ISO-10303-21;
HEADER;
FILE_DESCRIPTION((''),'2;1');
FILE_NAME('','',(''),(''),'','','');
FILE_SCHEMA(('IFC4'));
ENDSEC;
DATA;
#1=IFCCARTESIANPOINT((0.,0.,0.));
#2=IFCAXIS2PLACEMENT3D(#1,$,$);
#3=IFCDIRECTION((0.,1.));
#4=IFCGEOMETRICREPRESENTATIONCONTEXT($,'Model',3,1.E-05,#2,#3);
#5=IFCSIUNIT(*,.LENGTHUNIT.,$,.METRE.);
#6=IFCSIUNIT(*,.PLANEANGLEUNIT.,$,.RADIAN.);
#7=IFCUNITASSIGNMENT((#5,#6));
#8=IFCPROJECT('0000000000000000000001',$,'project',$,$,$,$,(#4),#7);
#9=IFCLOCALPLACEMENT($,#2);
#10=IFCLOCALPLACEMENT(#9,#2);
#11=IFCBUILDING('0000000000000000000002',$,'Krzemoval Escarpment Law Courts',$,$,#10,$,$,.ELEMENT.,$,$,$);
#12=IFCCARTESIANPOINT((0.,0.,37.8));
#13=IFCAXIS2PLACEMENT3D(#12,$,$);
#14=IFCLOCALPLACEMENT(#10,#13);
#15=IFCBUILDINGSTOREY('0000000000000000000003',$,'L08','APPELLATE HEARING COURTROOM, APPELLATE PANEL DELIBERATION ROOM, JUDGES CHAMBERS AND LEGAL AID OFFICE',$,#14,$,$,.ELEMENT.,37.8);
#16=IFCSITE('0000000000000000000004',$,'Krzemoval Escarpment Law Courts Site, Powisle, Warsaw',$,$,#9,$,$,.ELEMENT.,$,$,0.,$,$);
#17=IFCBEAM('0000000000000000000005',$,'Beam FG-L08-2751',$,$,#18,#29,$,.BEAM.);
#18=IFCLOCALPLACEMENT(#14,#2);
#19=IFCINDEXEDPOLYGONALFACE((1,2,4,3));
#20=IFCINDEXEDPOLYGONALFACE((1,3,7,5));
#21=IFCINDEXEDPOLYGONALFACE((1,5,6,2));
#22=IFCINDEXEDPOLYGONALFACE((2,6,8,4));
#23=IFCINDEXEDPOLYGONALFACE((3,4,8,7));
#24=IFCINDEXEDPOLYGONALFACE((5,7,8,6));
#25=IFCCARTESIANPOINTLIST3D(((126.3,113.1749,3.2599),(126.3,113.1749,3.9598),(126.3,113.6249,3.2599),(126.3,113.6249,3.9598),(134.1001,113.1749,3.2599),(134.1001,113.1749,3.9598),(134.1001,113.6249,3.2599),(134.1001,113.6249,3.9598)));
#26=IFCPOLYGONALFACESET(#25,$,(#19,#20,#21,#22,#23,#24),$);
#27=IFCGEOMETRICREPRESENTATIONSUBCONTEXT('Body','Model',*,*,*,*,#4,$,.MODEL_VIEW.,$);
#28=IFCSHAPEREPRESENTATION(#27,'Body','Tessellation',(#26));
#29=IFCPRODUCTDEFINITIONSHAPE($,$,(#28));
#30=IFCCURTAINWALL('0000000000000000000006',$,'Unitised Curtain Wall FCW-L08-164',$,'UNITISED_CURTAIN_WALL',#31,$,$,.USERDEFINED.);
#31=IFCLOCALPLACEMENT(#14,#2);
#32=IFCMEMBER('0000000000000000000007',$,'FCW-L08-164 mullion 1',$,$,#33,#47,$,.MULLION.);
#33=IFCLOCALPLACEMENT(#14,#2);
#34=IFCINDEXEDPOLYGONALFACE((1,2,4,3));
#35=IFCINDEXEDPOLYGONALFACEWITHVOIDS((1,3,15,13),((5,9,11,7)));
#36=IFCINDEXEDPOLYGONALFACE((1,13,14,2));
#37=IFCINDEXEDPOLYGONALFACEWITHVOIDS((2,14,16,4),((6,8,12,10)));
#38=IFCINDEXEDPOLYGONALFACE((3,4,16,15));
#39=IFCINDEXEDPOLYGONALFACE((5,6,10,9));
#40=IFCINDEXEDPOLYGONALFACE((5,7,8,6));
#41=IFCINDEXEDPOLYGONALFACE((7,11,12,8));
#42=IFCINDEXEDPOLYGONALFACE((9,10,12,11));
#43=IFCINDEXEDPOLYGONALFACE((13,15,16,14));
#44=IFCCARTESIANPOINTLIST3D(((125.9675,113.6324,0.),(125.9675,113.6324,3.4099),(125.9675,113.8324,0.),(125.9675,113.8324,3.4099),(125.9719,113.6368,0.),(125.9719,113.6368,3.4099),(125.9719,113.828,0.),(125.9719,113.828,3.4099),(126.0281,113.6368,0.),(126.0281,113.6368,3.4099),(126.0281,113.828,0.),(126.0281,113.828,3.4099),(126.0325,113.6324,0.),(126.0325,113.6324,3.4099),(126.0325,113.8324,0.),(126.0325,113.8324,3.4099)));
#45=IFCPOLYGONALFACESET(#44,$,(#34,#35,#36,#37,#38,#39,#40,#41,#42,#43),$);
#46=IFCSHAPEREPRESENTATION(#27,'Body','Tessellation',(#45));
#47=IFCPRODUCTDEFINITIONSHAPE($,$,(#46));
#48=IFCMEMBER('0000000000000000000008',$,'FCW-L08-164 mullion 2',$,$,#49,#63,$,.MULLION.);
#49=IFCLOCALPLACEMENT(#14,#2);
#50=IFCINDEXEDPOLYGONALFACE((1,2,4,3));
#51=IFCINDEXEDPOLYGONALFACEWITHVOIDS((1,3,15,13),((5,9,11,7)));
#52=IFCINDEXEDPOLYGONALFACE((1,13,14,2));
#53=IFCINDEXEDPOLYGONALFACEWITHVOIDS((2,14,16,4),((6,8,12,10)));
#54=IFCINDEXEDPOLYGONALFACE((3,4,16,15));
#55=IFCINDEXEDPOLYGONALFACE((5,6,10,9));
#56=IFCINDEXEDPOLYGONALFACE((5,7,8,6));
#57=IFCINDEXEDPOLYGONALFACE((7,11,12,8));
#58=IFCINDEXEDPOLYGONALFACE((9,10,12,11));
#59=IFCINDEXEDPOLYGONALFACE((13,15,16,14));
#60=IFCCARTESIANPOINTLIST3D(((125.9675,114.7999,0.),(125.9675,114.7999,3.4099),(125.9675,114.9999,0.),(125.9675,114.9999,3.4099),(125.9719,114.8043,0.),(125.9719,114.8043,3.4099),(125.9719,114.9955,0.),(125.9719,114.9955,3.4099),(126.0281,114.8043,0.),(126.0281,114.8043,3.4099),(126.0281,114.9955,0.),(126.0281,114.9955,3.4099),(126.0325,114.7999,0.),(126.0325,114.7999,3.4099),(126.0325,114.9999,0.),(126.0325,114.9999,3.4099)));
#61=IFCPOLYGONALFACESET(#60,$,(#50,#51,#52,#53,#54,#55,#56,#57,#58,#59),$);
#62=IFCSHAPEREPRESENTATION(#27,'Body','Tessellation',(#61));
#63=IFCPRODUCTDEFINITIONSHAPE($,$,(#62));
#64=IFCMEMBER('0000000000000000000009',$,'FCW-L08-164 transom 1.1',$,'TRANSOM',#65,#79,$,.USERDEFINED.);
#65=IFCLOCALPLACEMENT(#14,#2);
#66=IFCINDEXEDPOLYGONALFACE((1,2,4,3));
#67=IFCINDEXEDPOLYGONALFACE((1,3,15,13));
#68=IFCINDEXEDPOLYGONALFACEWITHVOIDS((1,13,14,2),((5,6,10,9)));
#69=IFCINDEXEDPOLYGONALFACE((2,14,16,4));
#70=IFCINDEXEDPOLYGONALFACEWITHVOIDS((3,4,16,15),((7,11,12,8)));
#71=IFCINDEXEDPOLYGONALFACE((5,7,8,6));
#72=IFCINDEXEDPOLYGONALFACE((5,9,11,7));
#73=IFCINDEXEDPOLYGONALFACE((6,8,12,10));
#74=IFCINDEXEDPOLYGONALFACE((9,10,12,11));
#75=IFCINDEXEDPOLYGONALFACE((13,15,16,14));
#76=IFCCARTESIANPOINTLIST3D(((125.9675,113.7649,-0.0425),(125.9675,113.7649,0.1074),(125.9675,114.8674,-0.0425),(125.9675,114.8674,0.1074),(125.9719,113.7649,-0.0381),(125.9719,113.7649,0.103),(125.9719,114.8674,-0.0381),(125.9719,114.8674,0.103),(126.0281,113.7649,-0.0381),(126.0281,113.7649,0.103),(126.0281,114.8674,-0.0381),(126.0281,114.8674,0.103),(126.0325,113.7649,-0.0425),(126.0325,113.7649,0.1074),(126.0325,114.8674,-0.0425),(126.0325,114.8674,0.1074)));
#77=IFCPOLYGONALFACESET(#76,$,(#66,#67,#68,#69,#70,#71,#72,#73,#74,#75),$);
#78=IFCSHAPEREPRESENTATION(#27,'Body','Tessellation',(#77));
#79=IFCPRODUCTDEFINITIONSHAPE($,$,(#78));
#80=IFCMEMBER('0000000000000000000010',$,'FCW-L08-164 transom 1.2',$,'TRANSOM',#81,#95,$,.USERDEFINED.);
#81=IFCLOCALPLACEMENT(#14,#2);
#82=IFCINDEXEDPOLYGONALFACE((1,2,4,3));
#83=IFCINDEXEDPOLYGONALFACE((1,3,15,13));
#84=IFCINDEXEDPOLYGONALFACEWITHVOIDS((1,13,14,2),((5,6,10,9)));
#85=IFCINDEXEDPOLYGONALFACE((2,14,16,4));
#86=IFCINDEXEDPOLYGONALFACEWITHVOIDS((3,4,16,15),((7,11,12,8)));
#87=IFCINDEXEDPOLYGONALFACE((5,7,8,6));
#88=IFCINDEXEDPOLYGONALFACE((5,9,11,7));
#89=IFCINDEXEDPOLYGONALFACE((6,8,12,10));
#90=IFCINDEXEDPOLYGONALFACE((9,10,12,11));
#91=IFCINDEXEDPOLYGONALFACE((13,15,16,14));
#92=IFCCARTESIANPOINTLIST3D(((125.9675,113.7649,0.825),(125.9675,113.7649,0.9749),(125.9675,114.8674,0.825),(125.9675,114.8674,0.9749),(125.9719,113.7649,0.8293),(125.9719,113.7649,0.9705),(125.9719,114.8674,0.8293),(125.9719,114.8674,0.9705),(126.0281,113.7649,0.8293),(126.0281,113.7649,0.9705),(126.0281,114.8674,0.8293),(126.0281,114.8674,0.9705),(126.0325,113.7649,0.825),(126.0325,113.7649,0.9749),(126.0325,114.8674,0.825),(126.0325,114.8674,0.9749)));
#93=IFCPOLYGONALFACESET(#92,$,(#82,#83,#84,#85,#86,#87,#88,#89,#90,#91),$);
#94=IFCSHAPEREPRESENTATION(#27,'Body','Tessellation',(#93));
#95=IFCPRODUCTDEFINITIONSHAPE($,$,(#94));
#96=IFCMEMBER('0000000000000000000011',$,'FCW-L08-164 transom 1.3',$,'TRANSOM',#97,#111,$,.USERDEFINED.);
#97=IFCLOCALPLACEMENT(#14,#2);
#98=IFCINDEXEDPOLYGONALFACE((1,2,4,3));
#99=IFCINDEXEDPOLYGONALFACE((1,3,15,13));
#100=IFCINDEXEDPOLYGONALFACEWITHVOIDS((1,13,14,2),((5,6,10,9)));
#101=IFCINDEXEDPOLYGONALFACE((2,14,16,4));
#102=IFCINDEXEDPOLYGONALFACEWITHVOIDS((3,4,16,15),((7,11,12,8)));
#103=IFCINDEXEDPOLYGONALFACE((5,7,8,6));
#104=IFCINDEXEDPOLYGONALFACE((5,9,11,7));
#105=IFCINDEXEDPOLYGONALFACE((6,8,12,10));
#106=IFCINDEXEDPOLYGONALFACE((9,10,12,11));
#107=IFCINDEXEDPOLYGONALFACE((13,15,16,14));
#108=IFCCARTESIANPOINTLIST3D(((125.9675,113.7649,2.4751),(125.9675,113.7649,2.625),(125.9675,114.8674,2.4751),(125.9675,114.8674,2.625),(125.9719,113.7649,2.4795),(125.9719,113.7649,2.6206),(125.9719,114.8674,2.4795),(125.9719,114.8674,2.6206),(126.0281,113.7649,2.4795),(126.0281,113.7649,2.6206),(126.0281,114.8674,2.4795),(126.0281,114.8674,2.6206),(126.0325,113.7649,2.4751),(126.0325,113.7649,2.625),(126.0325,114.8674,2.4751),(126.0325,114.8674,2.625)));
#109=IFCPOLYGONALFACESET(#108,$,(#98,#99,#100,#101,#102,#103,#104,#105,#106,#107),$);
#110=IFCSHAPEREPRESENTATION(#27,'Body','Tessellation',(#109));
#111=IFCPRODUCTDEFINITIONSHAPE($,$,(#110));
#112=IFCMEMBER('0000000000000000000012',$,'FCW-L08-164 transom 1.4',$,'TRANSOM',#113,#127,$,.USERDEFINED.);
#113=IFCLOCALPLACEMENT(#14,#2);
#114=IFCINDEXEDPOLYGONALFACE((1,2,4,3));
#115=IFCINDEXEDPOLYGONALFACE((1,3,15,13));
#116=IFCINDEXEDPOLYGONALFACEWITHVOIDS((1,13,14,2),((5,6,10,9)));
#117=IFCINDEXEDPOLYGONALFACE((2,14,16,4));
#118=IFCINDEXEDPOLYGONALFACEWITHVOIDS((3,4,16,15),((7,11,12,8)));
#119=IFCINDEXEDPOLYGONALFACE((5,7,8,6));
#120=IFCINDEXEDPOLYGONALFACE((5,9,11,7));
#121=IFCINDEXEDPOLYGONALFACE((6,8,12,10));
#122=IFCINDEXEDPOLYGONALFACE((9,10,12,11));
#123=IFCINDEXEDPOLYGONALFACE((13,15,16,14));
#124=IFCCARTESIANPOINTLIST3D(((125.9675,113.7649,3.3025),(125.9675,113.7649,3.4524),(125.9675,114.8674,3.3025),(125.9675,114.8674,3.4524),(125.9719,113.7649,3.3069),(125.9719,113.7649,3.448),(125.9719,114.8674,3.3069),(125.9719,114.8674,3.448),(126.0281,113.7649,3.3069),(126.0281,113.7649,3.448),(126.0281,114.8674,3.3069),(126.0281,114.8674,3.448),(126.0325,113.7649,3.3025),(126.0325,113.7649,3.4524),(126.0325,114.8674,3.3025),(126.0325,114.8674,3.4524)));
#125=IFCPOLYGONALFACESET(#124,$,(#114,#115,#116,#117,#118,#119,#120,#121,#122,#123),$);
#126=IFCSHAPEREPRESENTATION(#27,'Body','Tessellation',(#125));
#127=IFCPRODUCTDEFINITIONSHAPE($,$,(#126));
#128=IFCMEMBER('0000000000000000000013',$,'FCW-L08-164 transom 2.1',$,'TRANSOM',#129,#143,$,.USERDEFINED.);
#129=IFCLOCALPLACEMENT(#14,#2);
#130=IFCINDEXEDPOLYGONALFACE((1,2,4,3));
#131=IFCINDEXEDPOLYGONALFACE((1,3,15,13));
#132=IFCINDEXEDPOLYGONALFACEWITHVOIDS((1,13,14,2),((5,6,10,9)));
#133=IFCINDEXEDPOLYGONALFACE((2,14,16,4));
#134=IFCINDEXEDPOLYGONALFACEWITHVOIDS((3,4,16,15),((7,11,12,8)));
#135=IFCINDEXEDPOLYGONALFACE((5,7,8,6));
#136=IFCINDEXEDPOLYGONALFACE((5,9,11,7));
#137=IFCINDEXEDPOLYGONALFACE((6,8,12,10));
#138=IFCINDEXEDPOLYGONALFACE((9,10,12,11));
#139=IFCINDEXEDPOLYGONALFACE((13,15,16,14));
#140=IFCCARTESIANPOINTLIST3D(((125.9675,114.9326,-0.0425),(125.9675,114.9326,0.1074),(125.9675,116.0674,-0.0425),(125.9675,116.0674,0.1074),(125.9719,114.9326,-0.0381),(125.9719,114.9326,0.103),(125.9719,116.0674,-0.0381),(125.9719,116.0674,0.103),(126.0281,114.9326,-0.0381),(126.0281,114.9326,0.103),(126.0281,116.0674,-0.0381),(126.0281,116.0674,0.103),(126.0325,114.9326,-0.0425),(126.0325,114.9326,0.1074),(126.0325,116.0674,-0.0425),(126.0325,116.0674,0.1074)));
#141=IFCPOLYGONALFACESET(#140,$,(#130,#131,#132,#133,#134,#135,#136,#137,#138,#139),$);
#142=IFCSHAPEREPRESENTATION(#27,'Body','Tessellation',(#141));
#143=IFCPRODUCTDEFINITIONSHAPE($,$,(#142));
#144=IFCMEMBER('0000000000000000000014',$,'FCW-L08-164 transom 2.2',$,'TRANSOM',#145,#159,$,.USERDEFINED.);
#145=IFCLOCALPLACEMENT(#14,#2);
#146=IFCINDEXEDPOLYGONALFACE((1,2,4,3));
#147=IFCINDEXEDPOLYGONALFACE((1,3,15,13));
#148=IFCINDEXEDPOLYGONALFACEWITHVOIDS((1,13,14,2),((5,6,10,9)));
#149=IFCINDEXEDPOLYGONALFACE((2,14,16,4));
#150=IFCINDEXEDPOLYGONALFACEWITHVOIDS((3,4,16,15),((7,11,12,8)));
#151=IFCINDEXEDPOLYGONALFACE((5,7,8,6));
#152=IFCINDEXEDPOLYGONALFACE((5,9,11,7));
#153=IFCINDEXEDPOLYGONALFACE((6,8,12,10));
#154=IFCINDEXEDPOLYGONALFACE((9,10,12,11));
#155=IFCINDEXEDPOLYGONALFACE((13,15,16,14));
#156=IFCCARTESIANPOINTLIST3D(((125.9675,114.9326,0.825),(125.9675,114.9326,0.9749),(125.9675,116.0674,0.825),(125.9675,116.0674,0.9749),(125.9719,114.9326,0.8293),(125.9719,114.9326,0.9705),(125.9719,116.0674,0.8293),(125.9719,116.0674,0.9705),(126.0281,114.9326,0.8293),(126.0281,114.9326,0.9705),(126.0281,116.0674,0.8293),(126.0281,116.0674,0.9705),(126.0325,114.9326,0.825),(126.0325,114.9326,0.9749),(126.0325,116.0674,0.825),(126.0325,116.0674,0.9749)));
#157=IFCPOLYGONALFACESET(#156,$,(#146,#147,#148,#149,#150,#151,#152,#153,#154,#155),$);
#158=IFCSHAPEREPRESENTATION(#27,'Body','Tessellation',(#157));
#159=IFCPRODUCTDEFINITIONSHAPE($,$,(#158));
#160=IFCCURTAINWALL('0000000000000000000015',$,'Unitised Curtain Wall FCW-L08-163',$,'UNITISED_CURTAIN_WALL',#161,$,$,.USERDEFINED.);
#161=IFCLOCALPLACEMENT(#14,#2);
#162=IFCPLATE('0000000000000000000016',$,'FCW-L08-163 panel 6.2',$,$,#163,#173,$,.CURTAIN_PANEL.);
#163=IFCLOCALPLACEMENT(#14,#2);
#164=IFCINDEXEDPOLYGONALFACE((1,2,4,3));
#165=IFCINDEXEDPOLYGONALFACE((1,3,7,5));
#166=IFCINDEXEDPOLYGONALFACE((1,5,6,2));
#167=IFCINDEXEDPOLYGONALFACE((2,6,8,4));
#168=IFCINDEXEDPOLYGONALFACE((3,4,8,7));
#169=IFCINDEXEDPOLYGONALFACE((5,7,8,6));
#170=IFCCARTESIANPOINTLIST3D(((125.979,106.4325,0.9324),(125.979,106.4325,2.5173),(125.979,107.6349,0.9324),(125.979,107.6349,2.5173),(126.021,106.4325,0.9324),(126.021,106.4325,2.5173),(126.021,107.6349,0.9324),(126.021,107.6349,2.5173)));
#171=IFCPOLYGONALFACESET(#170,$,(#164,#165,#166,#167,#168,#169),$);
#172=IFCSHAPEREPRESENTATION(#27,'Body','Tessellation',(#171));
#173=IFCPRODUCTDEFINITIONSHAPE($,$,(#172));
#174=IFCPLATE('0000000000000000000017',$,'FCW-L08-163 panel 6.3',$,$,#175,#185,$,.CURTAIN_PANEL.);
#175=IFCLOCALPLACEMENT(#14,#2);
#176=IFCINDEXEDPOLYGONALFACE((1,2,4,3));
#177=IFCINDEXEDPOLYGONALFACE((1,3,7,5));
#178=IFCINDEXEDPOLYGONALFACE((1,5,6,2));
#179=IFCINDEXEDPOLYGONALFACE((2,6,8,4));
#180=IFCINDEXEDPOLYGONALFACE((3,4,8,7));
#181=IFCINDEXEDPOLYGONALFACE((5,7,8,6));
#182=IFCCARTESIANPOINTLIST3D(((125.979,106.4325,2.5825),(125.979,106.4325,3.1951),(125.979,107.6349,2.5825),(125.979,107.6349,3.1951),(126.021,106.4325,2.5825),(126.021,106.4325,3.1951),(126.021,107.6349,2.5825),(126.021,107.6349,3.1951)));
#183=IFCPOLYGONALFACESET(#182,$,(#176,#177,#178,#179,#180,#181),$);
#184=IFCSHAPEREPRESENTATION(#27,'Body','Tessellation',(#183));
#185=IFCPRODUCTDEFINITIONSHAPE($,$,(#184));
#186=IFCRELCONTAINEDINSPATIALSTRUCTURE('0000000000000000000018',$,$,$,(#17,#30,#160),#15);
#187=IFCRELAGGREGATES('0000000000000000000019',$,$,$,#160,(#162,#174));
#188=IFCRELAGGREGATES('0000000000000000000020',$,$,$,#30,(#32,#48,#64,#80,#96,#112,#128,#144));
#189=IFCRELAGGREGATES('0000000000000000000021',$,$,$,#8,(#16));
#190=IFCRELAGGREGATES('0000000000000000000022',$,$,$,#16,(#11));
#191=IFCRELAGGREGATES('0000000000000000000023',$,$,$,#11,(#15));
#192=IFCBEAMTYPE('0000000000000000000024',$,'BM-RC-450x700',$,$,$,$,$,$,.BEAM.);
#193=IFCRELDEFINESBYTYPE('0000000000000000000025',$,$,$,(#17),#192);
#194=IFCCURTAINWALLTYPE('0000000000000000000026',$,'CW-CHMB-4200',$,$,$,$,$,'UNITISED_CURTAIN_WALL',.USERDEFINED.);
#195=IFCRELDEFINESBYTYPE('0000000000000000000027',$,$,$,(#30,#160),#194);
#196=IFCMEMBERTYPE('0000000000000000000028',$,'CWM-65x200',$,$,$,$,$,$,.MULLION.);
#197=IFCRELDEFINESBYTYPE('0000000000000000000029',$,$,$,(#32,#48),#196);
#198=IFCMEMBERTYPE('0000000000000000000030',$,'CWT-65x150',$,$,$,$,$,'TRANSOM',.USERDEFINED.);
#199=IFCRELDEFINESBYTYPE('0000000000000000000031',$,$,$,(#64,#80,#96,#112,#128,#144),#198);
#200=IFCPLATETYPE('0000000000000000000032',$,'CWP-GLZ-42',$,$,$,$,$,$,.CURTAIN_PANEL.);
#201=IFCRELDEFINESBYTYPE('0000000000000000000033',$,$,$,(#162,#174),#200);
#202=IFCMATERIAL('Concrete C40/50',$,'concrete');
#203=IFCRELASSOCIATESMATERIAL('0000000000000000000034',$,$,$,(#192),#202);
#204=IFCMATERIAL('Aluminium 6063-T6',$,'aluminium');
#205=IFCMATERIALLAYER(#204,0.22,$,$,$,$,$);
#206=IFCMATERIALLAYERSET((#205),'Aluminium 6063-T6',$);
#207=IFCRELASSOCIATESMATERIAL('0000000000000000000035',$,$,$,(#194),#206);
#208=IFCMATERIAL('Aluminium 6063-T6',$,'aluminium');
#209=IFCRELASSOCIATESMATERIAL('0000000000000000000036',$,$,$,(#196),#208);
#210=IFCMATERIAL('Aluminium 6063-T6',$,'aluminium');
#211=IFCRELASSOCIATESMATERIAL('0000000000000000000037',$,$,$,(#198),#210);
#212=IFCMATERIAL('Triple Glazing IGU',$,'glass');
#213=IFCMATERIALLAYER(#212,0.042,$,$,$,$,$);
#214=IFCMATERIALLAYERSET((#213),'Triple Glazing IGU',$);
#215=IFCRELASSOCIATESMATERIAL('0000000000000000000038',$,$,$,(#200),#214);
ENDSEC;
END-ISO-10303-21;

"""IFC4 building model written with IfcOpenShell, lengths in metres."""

from ifc_helpers import new_model, si_unit, direction, frame, origin, origin_2d, place, context, subcontext, project, spatial, rectangle, hollow_rectangle, extrude, material, layer, layer_set, material_profile, profile_set, type_object, element, aggregate, save


model = new_model("IFC4")

# Units and contexts
model_context = context("Model", 3, precision=1e-05, world=origin(), true_north=direction((0.0, 1.0)))
body_context = subcontext(model_context, "Body", "Model", "MODEL_VIEW")
ifc_project = project(units=[si_unit("LENGTHUNIT", "METRE"), si_unit("PLANEANGLEUNIT", "RADIAN")], contexts=[model_context])

# Site, building, storey
site_placement = place(None, origin())
site = spatial("IfcSite", under=ifc_project, at=site_placement, Name="Krzemoval Escarpment Law Courts Site, Powisle, Warsaw", CompositionType="ELEMENT", RefElevation=0.0)
building_placement = place(site_placement, origin())
building = spatial("IfcBuilding", under=site, at=building_placement, Name="Krzemoval Escarpment Law Courts", CompositionType="ELEMENT")
storey_placement = place(building_placement, frame((0.0, 0.0, 37.8)))
storey = spatial("IfcBuildingStorey", under=building, at=storey_placement, Name="L08", Description="APPELLATE HEARING COURTROOM, APPELLATE PANEL DELIBERATION ROOM, JUDGES CHAMBERS AND LEGAL AID OFFICE", CompositionType="ELEMENT", Elevation=37.8)

# Beam
ifc_material_1 = material(Name="Concrete C40/50", Category="concrete")
ifc_material_profile_1 = material_profile(ifc_material_1, rectangle(XDim=0.45, YDim=0.7, at=origin_2d()), Name="RCB 450x700")
ifc_profile_set_1 = profile_set([ifc_material_profile_1], Name="Concrete C40/50")
beam_type = type_object("IfcBeamType", Name="BM-RC-450x700", PredefinedType="BEAM", material=ifc_profile_set_1)
beam_placement = place(storey_placement, frame((126.3, 113.3999, 3.6099), z_axis=(1.0, 0.0, 0.0), x_axis=(0.0, 1.0, 0.0)))
element("IfcBeam", 1, at=beam_placement, inside=storey, type_object=beam_type, Name="Beam FG-L08-2751", PredefinedType="BEAM", context=body_context, shape_type="SweptSolid", body=[
    extrude(rectangle(XDim=0.45, YDim=0.7, at=origin_2d()), origin(), (0.0, 0.0, 1.0), 7.8),
])

# Curtain wall, members
ifc_material_2 = material(Name="Aluminium 6063-T6", Category="aluminium")
ifc_layer_1 = layer(ifc_material_2, 0.22)
ifc_layer_set_1 = layer_set([ifc_layer_1], Name="Aluminium 6063-T6")
curtain_wall_type = type_object("IfcCurtainWallType", Name="CW-CHMB-4200", ElementType="UNITISED_CURTAIN_WALL", PredefinedType="USERDEFINED", material=ifc_layer_set_1)
curtain_wall_1_placement = place(storey_placement, origin())
curtain_wall_1 = element("IfcCurtainWall", 2, at=curtain_wall_1_placement, inside=storey, type_object=curtain_wall_type, Name="Unitised Curtain Wall FCW-L08-164", ObjectType="UNITISED_CURTAIN_WALL", PredefinedType="USERDEFINED")
ifc_material_3 = material(Name="Aluminium 6063-T6", Category="aluminium")
ifc_material_profile_2 = material_profile(ifc_material_3, hollow_rectangle(XDim=0.0649, YDim=0.2, WallThickness=0.0044, at=origin_2d()), Name="ALU M65x200")
ifc_profile_set_2 = profile_set([ifc_material_profile_2], Name="Aluminium 6063-T6")
member_type_1 = type_object("IfcMemberType", Name="CWM-65x200", PredefinedType="MULLION", material=ifc_profile_set_2)
member_1_placement = place(storey_placement, frame((126.0, 113.7324, 0.0), z_axis=(0.0, 0.0, 1.0), x_axis=(-1.0, 0.0, 0.0)))
member_1 = element("IfcMember", 3, at=member_1_placement, type_object=member_type_1, Name="FCW-L08-164 mullion 1", PredefinedType="MULLION", context=body_context, shape_type="SweptSolid", body=[
    extrude(hollow_rectangle(XDim=0.0649, YDim=0.2, WallThickness=0.0044, at=origin_2d()), origin(), (0.0, 0.0, 1.0), 3.4099),
])
member_2_placement = place(storey_placement, frame((126.0, 114.8999, 0.0), z_axis=(0.0, 0.0, 1.0), x_axis=(-1.0, 0.0, 0.0)))
member_2 = element("IfcMember", 4, at=member_2_placement, type_object=member_type_1, Name="FCW-L08-164 mullion 2", PredefinedType="MULLION", context=body_context, shape_type="SweptSolid", body=[
    extrude(hollow_rectangle(XDim=0.0649, YDim=0.2, WallThickness=0.0044, at=origin_2d()), origin(), (0.0, 0.0, 1.0), 3.4099),
])
ifc_material_4 = material(Name="Aluminium 6063-T6", Category="aluminium")
ifc_material_profile_3 = material_profile(ifc_material_4, hollow_rectangle(XDim=0.0649, YDim=0.1499, WallThickness=0.0044, at=origin_2d()), Name="ALU T65x150")
ifc_profile_set_3 = profile_set([ifc_material_profile_3], Name="Aluminium 6063-T6")
member_type_2 = type_object("IfcMemberType", Name="CWT-65x150", ElementType="TRANSOM", PredefinedType="USERDEFINED", material=ifc_profile_set_3)
member_3_placement = place(storey_placement, frame((126.0, 113.7649, 0.0325), z_axis=(0.0, 1.0, 0.0), x_axis=(-1.0, 0.0, 0.0)))
member_3 = element("IfcMember", 5, at=member_3_placement, type_object=member_type_2, Name="FCW-L08-164 transom 1.1", ObjectType="TRANSOM", PredefinedType="USERDEFINED", context=body_context, shape_type="SweptSolid", body=[
    extrude(hollow_rectangle(XDim=0.0649, YDim=0.1499, WallThickness=0.0044, at=origin_2d()), origin(), (0.0, 0.0, 1.0), 1.1025),
])
member_4_placement = place(storey_placement, frame((126.0, 113.7649, 0.8999), z_axis=(0.0, 1.0, 0.0), x_axis=(-1.0, 0.0, 0.0)))
member_4 = element("IfcMember", 6, at=member_4_placement, type_object=member_type_2, Name="FCW-L08-164 transom 1.2", ObjectType="TRANSOM", PredefinedType="USERDEFINED", context=body_context, shape_type="SweptSolid", body=[
    extrude(hollow_rectangle(XDim=0.0649, YDim=0.1499, WallThickness=0.0044, at=origin_2d()), origin(), (0.0, 0.0, 1.0), 1.1025),
])
member_5_placement = place(storey_placement, frame((126.0, 113.7649, 2.55), z_axis=(0.0, 1.0, 0.0), x_axis=(-1.0, 0.0, 0.0)))
member_5 = element("IfcMember", 7, at=member_5_placement, type_object=member_type_2, Name="FCW-L08-164 transom 1.3", ObjectType="TRANSOM", PredefinedType="USERDEFINED", context=body_context, shape_type="SweptSolid", body=[
    extrude(hollow_rectangle(XDim=0.0649, YDim=0.1499, WallThickness=0.0044, at=origin_2d()), origin(), (0.0, 0.0, 1.0), 1.1025),
])
member_6_placement = place(storey_placement, frame((126.0, 113.7649, 3.3774), z_axis=(0.0, 1.0, 0.0), x_axis=(-1.0, 0.0, 0.0)))
member_6 = element("IfcMember", 8, at=member_6_placement, type_object=member_type_2, Name="FCW-L08-164 transom 1.4", ObjectType="TRANSOM", PredefinedType="USERDEFINED", context=body_context, shape_type="SweptSolid", body=[
    extrude(hollow_rectangle(XDim=0.0649, YDim=0.1499, WallThickness=0.0044, at=origin_2d()), origin(), (0.0, 0.0, 1.0), 1.1025),
])
member_7_placement = place(storey_placement, frame((126.0, 114.9326, 0.0325), z_axis=(0.0, 1.0, 0.0), x_axis=(-1.0, 0.0, 0.0)))
member_7 = element("IfcMember", 9, at=member_7_placement, type_object=member_type_2, Name="FCW-L08-164 transom 2.1", ObjectType="TRANSOM", PredefinedType="USERDEFINED", context=body_context, shape_type="SweptSolid", body=[
    extrude(hollow_rectangle(XDim=0.0649, YDim=0.1499, WallThickness=0.0044, at=origin_2d()), origin(), (0.0, 0.0, 1.0), 1.1348),
])
member_8_placement = place(storey_placement, frame((126.0, 114.9326, 0.8999), z_axis=(0.0, 1.0, 0.0), x_axis=(-1.0, 0.0, 0.0)))
member_8 = element("IfcMember", 10, at=member_8_placement, type_object=member_type_2, Name="FCW-L08-164 transom 2.2", ObjectType="TRANSOM", PredefinedType="USERDEFINED", context=body_context, shape_type="SweptSolid", body=[
    extrude(hollow_rectangle(XDim=0.0649, YDim=0.1499, WallThickness=0.0044, at=origin_2d()), origin(), (0.0, 0.0, 1.0), 1.1348),
])

# Curtain wall, plates
curtain_wall_2_placement = place(storey_placement, origin())
curtain_wall_2 = element("IfcCurtainWall", 11, at=curtain_wall_2_placement, inside=storey, type_object=curtain_wall_type, Name="Unitised Curtain Wall FCW-L08-163", ObjectType="UNITISED_CURTAIN_WALL", PredefinedType="USERDEFINED")
ifc_material_5 = material(Name="Triple Glazing IGU", Category="glass")
ifc_layer_2 = layer(ifc_material_5, 0.042)
ifc_layer_set_2 = layer_set([ifc_layer_2], Name="Triple Glazing IGU")
plate_type = type_object("IfcPlateType", Name="CWP-GLZ-42", PredefinedType="CURTAIN_PANEL", material=ifc_layer_set_2)
plate_1_placement = place(storey_placement, frame((126.0, 107.0337, 0.9324), z_axis=(0.0, 0.0, 1.0), x_axis=(0.0, 1.0, 0.0)))
plate_1 = element("IfcPlate", 12, at=plate_1_placement, type_object=plate_type, Name="FCW-L08-163 panel 6.2", PredefinedType="CURTAIN_PANEL", context=body_context, shape_type="SweptSolid", body=[
    extrude(rectangle(XDim=1.2024, YDim=0.042, at=origin_2d()), origin(), (0.0, 0.0, 1.0), 1.585),
])
plate_2_placement = place(storey_placement, frame((126.0, 107.0337, 2.5825), z_axis=(0.0, 0.0, 1.0), x_axis=(0.0, 1.0, 0.0)))
plate_2 = element("IfcPlate", 13, at=plate_2_placement, type_object=plate_type, Name="FCW-L08-163 panel 6.3", PredefinedType="CURTAIN_PANEL", context=body_context, shape_type="SweptSolid", body=[
    extrude(rectangle(XDim=1.2024, YDim=0.042, at=origin_2d()), origin(), (0.0, 0.0, 1.0), 0.6125),
])
aggregate(curtain_wall_2, [plate_1, plate_2])

aggregate(curtain_wall_1, [member_1, member_2, member_3, member_4, member_5, member_6, member_7, member_8])

save(model, "model.ifc")
